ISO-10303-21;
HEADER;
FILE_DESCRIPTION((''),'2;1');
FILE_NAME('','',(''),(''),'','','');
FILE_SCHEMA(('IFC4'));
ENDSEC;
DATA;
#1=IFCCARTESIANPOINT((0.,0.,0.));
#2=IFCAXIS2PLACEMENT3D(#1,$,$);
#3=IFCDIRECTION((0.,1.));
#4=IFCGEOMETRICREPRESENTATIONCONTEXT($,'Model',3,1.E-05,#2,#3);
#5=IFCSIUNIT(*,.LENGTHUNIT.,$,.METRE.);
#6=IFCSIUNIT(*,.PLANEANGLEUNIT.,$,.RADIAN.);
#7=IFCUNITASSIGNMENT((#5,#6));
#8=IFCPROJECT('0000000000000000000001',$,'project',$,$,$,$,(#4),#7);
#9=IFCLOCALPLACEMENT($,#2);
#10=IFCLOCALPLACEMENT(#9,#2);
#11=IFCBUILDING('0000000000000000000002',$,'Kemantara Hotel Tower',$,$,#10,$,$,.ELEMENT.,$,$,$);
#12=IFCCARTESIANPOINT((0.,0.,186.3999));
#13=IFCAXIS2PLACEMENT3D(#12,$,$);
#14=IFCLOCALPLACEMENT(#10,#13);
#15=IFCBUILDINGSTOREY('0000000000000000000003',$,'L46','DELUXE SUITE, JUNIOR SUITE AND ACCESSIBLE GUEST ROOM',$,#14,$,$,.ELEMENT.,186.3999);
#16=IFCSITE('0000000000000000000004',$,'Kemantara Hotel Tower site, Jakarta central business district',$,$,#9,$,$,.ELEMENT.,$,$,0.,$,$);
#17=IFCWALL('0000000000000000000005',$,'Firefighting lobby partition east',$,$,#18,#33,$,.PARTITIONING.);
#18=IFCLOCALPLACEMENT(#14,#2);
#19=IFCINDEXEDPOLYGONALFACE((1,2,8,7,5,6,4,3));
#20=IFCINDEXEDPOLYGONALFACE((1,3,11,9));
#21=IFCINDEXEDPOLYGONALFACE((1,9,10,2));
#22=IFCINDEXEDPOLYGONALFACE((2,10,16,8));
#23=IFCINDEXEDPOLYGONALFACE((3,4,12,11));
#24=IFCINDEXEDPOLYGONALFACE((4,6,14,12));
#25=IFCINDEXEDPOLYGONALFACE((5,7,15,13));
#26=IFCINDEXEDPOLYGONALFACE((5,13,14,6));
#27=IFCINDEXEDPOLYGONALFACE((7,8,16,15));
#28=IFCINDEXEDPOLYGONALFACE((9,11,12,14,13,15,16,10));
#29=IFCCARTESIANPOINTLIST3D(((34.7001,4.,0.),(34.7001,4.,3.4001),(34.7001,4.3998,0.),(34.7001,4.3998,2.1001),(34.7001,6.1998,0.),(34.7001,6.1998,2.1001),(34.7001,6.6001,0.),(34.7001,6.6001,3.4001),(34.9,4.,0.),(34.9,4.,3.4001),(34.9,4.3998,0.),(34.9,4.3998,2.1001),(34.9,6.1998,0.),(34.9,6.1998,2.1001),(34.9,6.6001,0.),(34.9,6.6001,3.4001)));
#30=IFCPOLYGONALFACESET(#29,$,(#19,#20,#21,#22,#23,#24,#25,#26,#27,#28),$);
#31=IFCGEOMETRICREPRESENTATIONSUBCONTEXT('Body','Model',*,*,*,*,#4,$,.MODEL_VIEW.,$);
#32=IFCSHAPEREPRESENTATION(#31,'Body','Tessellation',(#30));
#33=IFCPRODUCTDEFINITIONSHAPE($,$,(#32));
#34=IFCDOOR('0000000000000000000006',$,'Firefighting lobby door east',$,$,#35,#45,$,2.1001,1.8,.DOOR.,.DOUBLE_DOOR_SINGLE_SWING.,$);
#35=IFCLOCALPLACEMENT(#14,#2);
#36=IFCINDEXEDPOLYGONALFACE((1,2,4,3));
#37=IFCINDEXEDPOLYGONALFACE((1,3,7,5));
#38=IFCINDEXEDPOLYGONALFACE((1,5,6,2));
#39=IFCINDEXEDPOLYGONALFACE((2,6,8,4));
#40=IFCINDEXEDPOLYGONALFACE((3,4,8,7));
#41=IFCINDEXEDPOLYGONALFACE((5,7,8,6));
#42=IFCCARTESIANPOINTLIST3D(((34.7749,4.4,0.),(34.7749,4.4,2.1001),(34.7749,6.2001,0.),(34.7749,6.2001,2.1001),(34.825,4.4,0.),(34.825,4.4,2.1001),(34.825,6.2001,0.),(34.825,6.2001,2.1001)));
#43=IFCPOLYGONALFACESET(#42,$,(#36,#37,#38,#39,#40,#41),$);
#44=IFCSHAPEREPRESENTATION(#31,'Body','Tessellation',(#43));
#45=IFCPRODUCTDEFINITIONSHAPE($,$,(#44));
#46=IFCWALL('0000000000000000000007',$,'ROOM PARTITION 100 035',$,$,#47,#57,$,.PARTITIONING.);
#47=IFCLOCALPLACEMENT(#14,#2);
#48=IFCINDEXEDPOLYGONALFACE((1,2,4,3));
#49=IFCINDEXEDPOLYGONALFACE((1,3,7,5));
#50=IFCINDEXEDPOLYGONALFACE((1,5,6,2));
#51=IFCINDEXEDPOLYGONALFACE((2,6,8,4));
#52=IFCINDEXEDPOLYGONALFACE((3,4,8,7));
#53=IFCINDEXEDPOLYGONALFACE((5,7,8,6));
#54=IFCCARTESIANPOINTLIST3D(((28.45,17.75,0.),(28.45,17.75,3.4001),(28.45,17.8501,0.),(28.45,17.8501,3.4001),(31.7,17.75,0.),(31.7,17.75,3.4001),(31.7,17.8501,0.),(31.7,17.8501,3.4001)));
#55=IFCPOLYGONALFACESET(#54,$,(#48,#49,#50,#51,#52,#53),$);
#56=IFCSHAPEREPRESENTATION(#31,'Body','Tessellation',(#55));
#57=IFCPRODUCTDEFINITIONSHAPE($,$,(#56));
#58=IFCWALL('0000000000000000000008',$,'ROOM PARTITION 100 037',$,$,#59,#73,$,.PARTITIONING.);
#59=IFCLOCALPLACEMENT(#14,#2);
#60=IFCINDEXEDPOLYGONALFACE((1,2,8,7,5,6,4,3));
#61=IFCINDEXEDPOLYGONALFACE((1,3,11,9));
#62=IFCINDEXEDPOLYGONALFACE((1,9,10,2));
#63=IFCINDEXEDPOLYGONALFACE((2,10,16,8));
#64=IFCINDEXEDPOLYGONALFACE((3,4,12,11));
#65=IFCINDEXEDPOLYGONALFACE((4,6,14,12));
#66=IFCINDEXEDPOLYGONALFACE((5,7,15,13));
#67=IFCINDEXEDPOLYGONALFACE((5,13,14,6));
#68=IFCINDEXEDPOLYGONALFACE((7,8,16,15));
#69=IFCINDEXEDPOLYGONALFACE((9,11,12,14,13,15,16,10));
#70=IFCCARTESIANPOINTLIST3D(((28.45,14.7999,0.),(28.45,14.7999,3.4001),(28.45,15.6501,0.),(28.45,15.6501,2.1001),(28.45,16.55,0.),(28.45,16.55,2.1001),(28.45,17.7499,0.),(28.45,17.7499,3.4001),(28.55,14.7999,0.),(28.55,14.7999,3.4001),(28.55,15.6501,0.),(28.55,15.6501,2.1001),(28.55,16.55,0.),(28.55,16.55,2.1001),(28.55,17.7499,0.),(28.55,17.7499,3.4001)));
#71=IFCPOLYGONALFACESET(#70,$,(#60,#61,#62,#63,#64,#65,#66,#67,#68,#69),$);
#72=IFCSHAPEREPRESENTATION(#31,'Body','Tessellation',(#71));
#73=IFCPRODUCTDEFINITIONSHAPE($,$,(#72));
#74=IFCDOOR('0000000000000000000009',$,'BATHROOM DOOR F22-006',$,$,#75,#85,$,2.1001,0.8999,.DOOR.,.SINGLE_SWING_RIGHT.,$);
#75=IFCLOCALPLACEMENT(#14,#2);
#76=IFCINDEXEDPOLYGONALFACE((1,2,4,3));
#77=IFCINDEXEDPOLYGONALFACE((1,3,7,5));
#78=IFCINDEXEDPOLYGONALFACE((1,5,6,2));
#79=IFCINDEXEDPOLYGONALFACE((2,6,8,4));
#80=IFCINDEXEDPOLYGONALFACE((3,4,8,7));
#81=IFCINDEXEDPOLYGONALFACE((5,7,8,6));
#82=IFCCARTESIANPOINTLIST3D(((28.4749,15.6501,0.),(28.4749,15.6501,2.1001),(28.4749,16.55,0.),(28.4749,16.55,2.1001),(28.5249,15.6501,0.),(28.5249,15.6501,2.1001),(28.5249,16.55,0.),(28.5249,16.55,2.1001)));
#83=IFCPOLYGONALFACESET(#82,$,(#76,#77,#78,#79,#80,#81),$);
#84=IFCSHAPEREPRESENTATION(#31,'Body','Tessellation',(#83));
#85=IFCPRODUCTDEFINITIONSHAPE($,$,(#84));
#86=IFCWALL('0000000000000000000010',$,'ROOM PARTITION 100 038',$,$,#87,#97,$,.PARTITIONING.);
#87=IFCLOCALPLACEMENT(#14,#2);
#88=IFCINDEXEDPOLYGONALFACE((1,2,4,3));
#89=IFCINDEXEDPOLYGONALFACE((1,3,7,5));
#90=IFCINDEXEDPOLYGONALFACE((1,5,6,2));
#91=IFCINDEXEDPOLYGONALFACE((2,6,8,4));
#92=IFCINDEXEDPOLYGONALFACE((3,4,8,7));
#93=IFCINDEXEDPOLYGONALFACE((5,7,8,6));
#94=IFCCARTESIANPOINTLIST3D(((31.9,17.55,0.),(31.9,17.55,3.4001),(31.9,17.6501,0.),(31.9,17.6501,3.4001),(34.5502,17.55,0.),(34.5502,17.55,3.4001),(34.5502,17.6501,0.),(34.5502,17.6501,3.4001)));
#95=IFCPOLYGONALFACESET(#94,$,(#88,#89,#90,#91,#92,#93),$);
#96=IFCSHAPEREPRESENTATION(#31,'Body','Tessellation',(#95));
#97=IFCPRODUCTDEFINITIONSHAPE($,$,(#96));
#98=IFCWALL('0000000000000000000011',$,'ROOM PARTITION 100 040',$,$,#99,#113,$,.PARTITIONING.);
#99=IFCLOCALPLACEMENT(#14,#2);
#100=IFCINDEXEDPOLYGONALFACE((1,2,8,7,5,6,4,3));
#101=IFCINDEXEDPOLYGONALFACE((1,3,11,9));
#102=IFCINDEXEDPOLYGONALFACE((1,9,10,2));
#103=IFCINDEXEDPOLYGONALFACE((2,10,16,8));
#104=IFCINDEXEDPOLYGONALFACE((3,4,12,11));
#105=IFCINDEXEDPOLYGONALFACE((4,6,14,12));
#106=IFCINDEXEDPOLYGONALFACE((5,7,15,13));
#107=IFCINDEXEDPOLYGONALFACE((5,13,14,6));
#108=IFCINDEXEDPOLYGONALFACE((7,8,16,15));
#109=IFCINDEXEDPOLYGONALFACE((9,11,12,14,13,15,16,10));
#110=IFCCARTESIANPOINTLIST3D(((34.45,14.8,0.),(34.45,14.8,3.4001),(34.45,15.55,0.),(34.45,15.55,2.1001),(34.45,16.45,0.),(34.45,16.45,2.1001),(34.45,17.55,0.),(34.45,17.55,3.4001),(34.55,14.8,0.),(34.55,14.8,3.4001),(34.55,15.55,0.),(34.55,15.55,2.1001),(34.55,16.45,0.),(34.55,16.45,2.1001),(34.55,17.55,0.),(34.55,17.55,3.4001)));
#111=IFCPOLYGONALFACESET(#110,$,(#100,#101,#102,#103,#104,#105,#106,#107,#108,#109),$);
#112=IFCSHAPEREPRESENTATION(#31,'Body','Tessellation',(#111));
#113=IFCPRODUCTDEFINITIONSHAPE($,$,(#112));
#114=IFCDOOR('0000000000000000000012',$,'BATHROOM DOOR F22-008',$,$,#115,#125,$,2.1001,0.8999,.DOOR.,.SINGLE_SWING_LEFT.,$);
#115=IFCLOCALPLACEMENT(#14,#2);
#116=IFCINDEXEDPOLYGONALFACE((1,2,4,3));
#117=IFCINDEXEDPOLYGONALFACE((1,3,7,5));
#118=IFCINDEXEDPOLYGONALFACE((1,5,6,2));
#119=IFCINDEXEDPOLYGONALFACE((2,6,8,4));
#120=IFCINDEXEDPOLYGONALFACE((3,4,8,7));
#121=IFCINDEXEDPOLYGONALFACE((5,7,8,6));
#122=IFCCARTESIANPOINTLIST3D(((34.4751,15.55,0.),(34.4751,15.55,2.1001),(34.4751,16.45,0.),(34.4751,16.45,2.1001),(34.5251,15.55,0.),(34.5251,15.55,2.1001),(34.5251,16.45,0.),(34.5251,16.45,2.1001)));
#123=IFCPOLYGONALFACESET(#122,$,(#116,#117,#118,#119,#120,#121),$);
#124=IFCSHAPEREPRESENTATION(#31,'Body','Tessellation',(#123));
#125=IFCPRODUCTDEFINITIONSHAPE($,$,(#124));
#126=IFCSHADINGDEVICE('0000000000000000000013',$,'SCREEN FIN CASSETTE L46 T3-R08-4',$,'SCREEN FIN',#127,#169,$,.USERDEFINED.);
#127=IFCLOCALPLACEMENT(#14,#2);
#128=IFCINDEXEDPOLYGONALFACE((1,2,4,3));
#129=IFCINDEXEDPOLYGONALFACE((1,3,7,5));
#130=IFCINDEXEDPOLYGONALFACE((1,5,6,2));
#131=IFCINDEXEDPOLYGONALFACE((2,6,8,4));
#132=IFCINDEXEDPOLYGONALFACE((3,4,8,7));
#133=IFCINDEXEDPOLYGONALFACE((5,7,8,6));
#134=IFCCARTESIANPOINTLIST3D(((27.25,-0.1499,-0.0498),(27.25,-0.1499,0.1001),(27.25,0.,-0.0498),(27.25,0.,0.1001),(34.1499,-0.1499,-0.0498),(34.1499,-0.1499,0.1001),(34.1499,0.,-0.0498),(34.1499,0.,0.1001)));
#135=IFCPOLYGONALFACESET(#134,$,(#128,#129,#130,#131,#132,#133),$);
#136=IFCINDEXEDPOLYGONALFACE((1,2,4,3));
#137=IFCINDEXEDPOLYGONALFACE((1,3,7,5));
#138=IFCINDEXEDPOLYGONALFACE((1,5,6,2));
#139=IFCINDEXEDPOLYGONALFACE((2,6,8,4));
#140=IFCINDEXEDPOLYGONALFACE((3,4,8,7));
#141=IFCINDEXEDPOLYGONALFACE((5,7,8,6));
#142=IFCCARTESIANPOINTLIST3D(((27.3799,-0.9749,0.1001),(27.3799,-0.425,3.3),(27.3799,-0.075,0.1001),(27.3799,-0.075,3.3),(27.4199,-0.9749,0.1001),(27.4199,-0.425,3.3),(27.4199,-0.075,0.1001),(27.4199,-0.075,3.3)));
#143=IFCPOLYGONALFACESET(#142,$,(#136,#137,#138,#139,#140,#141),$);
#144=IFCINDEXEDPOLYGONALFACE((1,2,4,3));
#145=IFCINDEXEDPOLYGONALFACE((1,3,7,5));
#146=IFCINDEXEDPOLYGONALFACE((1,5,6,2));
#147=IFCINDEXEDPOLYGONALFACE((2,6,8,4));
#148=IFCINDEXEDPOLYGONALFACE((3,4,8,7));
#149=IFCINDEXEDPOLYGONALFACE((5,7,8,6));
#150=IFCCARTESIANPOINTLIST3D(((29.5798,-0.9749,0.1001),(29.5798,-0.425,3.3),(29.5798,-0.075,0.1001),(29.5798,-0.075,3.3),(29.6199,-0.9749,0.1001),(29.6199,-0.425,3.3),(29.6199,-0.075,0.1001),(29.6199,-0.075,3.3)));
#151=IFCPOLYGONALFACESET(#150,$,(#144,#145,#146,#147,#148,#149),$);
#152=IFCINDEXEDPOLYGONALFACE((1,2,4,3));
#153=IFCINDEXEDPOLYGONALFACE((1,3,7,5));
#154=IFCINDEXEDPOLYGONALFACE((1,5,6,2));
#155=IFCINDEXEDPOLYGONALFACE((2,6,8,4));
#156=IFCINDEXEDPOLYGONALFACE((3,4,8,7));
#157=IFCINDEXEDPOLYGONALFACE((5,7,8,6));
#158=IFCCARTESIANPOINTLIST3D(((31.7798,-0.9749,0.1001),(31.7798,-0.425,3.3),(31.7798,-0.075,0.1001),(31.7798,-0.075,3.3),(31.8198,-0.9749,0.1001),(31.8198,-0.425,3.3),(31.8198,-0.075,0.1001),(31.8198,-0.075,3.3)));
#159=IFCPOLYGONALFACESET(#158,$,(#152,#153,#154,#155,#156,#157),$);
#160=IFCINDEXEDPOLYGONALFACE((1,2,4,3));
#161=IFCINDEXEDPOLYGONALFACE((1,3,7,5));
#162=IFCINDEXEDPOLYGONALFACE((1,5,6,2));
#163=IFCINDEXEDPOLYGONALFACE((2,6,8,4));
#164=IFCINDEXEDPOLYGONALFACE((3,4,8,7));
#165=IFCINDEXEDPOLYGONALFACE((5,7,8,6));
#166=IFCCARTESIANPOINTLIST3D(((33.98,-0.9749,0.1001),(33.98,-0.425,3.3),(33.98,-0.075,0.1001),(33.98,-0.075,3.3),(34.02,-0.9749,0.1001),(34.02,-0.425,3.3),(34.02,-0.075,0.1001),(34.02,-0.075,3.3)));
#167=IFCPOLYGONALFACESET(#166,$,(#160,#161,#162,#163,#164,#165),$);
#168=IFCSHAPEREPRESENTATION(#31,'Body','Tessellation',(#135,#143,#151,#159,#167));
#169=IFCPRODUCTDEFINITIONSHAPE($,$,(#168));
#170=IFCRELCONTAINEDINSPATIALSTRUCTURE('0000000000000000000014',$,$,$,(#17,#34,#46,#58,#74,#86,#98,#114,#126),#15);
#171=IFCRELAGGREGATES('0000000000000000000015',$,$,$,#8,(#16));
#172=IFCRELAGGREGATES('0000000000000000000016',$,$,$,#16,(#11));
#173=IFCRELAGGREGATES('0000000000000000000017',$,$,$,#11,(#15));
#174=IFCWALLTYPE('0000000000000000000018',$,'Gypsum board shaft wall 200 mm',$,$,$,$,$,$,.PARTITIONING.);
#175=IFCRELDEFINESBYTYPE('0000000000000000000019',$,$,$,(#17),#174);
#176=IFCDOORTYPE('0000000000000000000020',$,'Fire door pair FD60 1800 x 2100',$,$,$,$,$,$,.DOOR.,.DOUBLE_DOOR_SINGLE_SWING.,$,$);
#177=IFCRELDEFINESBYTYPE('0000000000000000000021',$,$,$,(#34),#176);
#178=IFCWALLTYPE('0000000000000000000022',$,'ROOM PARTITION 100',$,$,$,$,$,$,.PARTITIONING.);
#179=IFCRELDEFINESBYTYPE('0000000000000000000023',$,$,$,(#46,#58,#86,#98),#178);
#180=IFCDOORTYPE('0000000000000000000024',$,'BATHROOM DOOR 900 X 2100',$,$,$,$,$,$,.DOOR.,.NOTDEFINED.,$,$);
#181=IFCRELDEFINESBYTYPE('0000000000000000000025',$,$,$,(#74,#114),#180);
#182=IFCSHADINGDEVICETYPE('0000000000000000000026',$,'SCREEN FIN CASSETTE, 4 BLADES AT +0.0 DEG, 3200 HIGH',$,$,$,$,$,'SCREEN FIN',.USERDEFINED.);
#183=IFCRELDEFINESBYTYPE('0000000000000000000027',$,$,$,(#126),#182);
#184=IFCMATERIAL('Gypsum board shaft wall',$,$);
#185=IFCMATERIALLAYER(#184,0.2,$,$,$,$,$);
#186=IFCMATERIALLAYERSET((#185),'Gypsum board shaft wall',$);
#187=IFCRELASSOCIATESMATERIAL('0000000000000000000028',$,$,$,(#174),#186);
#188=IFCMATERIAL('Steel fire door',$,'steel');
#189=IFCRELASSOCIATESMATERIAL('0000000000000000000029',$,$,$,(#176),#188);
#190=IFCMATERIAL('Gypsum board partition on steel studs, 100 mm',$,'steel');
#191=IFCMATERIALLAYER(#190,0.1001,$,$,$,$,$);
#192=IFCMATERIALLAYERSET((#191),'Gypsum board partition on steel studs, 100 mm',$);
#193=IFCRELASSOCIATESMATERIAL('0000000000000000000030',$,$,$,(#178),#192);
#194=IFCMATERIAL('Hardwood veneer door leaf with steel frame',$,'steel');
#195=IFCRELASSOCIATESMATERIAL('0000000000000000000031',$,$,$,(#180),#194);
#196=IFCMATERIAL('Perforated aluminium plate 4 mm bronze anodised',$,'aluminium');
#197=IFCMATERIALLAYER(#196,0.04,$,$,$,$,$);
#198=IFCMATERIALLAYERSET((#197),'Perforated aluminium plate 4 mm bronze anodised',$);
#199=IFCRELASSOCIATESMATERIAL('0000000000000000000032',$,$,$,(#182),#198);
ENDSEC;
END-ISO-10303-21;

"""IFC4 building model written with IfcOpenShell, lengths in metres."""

from ifc_helpers import new_model, si_unit, direction, frame, frame_2d, origin, origin_2d, place, context, subcontext, project, spatial, polyline, rectangle, outline, extrude, source, transform, mapped, material, layer, layer_set, type_object, element, fill, save


model = new_model("IFC4")

# Units and contexts
model_context = context("Model", 3, precision=1e-05, world=origin(), true_north=direction((0.0, 1.0)))
body_context = subcontext(model_context, "Body", "Model", "MODEL_VIEW")
ifc_project = project(units=[si_unit("LENGTHUNIT", "METRE"), si_unit("PLANEANGLEUNIT", "RADIAN")], contexts=[model_context])

# Site, building, storey
site_placement = place(None, origin())
site = spatial("IfcSite", under=ifc_project, at=site_placement, Name="Kemantara Hotel Tower site, Jakarta central business district", CompositionType="ELEMENT", RefElevation=0.0)
building_placement = place(site_placement, origin())
building = spatial("IfcBuilding", under=site, at=building_placement, Name="Kemantara Hotel Tower", CompositionType="ELEMENT")
storey_placement = place(building_placement, frame((0.0, 0.0, 186.3999)))
storey = spatial("IfcBuildingStorey", under=building, at=storey_placement, Name="L46", Description="DELUXE SUITE, JUNIOR SUITE AND ACCESSIBLE GUEST ROOM", CompositionType="ELEMENT", Elevation=186.3999)

# Shared definitions
ifc_material_1 = material(Name="Steel fire door", Category="steel")
ifc_material_2 = material(Name="Hardwood veneer door leaf with steel frame", Category="steel")

# Wall, opening, door
ifc_material_3 = material(Name="Gypsum board shaft wall")
ifc_layer_1 = layer(ifc_material_3, 0.2)
ifc_layer_set_1 = layer_set([ifc_layer_1], Name="Gypsum board shaft wall")
wall_type_1 = type_object("IfcWallType", Name="Gypsum board shaft wall 200 mm", PredefinedType="PARTITIONING", material=ifc_layer_set_1)
wall_1_placement = place(storey_placement, frame((34.8, 4.0, 0.0), z_axis=(0.0, 0.0, 1.0), x_axis=(0.0, 1.0, 0.0)))
wall_1 = element("IfcWall", 1, at=wall_1_placement, inside=storey, type_object=wall_type_1, Name="Firefighting lobby partition east", PredefinedType="PARTITIONING", context=body_context, shape_type="SweptSolid", body=[
    extrude(rectangle(XDim=2.6001, YDim=0.2, at=frame_2d((1.3, 0.0))), origin(), (0.0, 0.0, 1.0), 3.4001),
])
opening_1_placement = place(wall_1_placement, frame((0.3999, 0.0, 0.0)))
opening_1 = element("IfcOpeningElement", 2, at=opening_1_placement, cuts=wall_1, PredefinedType="OPENING", context=body_context, shape_type="SweptSolid", body=[
    extrude(rectangle(XDim=1.8, YDim=2.1001, at=frame_2d((0.8999, 1.05))), frame((0.0, 0.1099, 0.0), z_axis=(0.0, -1.0, 0.0), x_axis=(1.0, 0.0, 0.0)), (0.0, 0.0, 1.0), 0.22),
])
door_type_1 = type_object("IfcDoorType", Name="Fire door pair FD60 1800 x 2100", OperationType="DOUBLE_DOOR_SINGLE_SWING", PredefinedType="DOOR", material=ifc_material_1)
door_1_placement = place(opening_1_placement, frame((1.8, 0.0, 0.0), z_axis=(0.0, 0.0, 1.0), x_axis=(-1.0, 0.0, 0.0)))
door_1 = element("IfcDoor", 3, at=door_1_placement, inside=storey, type_object=door_type_1, Name="Firefighting lobby door east", OperationType="DOUBLE_DOOR_SINGLE_SWING", OverallHeight=2.1001, OverallWidth=1.8, PredefinedType="DOOR", context=body_context, shape_type="SweptSolid", body=[
    extrude(rectangle(XDim=1.8, YDim=2.1001, at=frame_2d((0.8999, 1.05))), frame((0.0, 0.0249, 0.0), z_axis=(0.0, -1.0, 0.0), x_axis=(1.0, 0.0, 0.0)), (0.0, 0.0, 1.0), 0.05),
])
fill(opening_1, door_1)

# Wall
ifc_material_4 = material(Name="Gypsum board partition on steel studs, 100 mm", Category="steel")
ifc_layer_2 = layer(ifc_material_4, 0.1001)
ifc_layer_set_2 = layer_set([ifc_layer_2], Name="Gypsum board partition on steel studs, 100 mm")
wall_type_2 = type_object("IfcWallType", Name="ROOM PARTITION 100", PredefinedType="PARTITIONING", material=ifc_layer_set_2)
wall_2_placement = place(storey_placement, frame((28.45, 17.8, 0.0), z_axis=(0.0, 0.0, 1.0), x_axis=(1.0, 0.0, 0.0)))
element("IfcWall", 4, at=wall_2_placement, inside=storey, type_object=wall_type_2, Name="ROOM PARTITION 100 035", PredefinedType="PARTITIONING", context=body_context, shape_type="SweptSolid", body=[
    extrude(rectangle(XDim=3.25, YDim=0.1001, at=frame_2d((1.625, 0.0))), origin(), (0.0, 0.0, 1.0), 3.4001),
])

# Wall, opening, door
wall_3_placement = place(storey_placement, frame((28.5, 17.75, 0.0), z_axis=(0.0, 0.0, 1.0), x_axis=(0.0, -1.0, 0.0)))
wall_3 = element("IfcWall", 5, at=wall_3_placement, inside=storey, type_object=wall_type_2, Name="ROOM PARTITION 100 037", PredefinedType="PARTITIONING", context=body_context, shape_type="SweptSolid", body=[
    extrude(rectangle(XDim=2.95, YDim=0.1001, at=frame_2d((1.4751, 0.0))), origin(), (0.0, 0.0, 1.0), 3.4001),
])
opening_2_placement = place(wall_3_placement, frame((1.2, 0.0, 0.0)))
opening_2 = element("IfcOpeningElement", 6, at=opening_2_placement, cuts=wall_3, PredefinedType="OPENING", context=body_context, shape_type="SweptSolid", body=[
    extrude(rectangle(XDim=0.8999, YDim=2.1001, at=frame_2d((0.45, 1.05))), frame((0.0, 0.0601, 0.0), z_axis=(0.0, -1.0, 0.0), x_axis=(1.0, 0.0, 0.0)), (0.0, 0.0, 1.0), 0.1201),
])
door_type_2 = type_object("IfcDoorType", Name="BATHROOM DOOR 900 X 2100", OperationType="NOTDEFINED", PredefinedType="DOOR", material=ifc_material_2)
door_2_placement = place(opening_2_placement, origin())
door_2 = element("IfcDoor", 7, at=door_2_placement, inside=storey, type_object=door_type_2, Name="BATHROOM DOOR F22-006", OperationType="SINGLE_SWING_RIGHT", OverallHeight=2.1001, OverallWidth=0.8999, PredefinedType="DOOR", context=body_context, shape_type="SweptSolid", body=[
    extrude(rectangle(XDim=0.8999, YDim=2.1001, at=frame_2d((0.45, 1.05))), frame((0.0, 0.0249, 0.0), z_axis=(0.0, -1.0, 0.0), x_axis=(1.0, 0.0, 0.0)), (0.0, 0.0, 1.0), 0.05),
])
fill(opening_2, door_2)

# Wall
wall_4_placement = place(storey_placement, frame((31.8999, 17.6001, 0.0), z_axis=(0.0, 0.0, 1.0), x_axis=(1.0, 0.0, 0.0)))
element("IfcWall", 8, at=wall_4_placement, inside=storey, type_object=wall_type_2, Name="ROOM PARTITION 100 038", PredefinedType="PARTITIONING", context=body_context, shape_type="SweptSolid", body=[
    extrude(rectangle(XDim=2.6501, YDim=0.1001, at=frame_2d((1.3252, 0.0))), origin(), (0.0, 0.0, 1.0), 3.4001),
])

# Wall, opening, door
wall_5_placement = place(storey_placement, frame((34.5, 14.8, 0.0), z_axis=(0.0, 0.0, 1.0), x_axis=(0.0, 1.0, 0.0)))
wall_5 = element("IfcWall", 9, at=wall_5_placement, inside=storey, type_object=wall_type_2, Name="ROOM PARTITION 100 040", PredefinedType="PARTITIONING", context=body_context, shape_type="SweptSolid", body=[
    extrude(rectangle(XDim=2.75, YDim=0.1001, at=frame_2d((1.375, 0.0))), origin(), (0.0, 0.0, 1.0), 3.4001),
])
opening_3_placement = place(wall_5_placement, frame((0.75, 0.0, 0.0)))
opening_3 = element("IfcOpeningElement", 10, at=opening_3_placement, cuts=wall_5, PredefinedType="OPENING", context=body_context, shape_type="SweptSolid", body=[
    extrude(rectangle(XDim=0.8999, YDim=2.1001, at=frame_2d((0.45, 1.05))), frame((0.0, 0.0601, 0.0), z_axis=(0.0, -1.0, 0.0), x_axis=(1.0, 0.0, 0.0)), (0.0, 0.0, 1.0), 0.1201),
])
door_3_placement = place(opening_3_placement, origin())
door_3 = element("IfcDoor", 11, at=door_3_placement, inside=storey, type_object=door_type_2, Name="BATHROOM DOOR F22-008", OperationType="SINGLE_SWING_LEFT", OverallHeight=2.1001, OverallWidth=0.8999, PredefinedType="DOOR", context=body_context, shape_type="SweptSolid", body=[
    extrude(rectangle(XDim=0.8999, YDim=2.1001, at=frame_2d((0.45, 1.05))), frame((0.0, 0.0249, 0.0), z_axis=(0.0, -1.0, 0.0), x_axis=(1.0, 0.0, 0.0)), (0.0, 0.0, 1.0), 0.05),
])
fill(opening_3, door_3)

# Shading device
ifc_material_5 = material(Name="Perforated aluminium plate 4 mm bronze anodised", Category="aluminium")
ifc_layer_3 = layer(ifc_material_5, 0.04)
ifc_layer_set_3 = layer_set([ifc_layer_3], Name="Perforated aluminium plate 4 mm bronze anodised")
shading_device_type = type_object("IfcShadingDeviceType", Name="SCREEN FIN CASSETTE, 4 BLADES AT +0.0 DEG, 3200 HIGH", ElementType="SCREEN FIN", PredefinedType="USERDEFINED", material=ifc_layer_set_3)
shared_shape = source(origin(), body_context, "Body", "SweptSolid", [
    extrude(rectangle(XDim=6.8999, YDim=0.1499, at=origin_2d()), frame((3.3, -0.075, -0.1499), z_axis=(0.0, 0.0, 1.0), x_axis=(1.0, 0.0, 0.0)), (0.0, 0.0, 1.0), 0.1499),
    extrude(outline(polyline([(0.0, 0.0), (0.8999, 0.0), (0.3501, 3.2), (0.0, 3.2), (0.0, 0.0)])), frame((0.02, -0.075, 0.0), z_axis=(-1.0, 0.0, 0.0), x_axis=(0.0, -1.0, 0.0)), (0.0, 0.0, 1.0), 0.04),
    extrude(outline(polyline([(0.0, 0.0), (0.8999, 0.0), (0.3501, 3.2), (0.0, 3.2), (0.0, 0.0)])), frame((2.22, -0.075, 0.0), z_axis=(-1.0, 0.0, 0.0), x_axis=(0.0, -1.0, 0.0)), (0.0, 0.0, 1.0), 0.04),
    extrude(outline(polyline([(0.0, 0.0), (0.8999, 0.0), (0.3501, 3.2), (0.0, 3.2), (0.0, 0.0)])), frame((4.4199, -0.075, 0.0), z_axis=(-1.0, 0.0, 0.0), x_axis=(0.0, -1.0, 0.0)), (0.0, 0.0, 1.0), 0.04),
    extrude(outline(polyline([(0.0, 0.0), (0.8999, 0.0), (0.3501, 3.2), (0.0, 3.2), (0.0, 0.0)])), frame((6.6201, -0.075, 0.0), z_axis=(-1.0, 0.0, 0.0), x_axis=(0.0, -1.0, 0.0)), (0.0, 0.0, 1.0), 0.04),
])
shading_device_placement = place(storey_placement, frame((27.3999, 0.0, 0.1001), z_axis=(0.0, 0.0, 1.0), x_axis=(1.0, 0.0, 0.0)))
element("IfcShadingDevice", 12, at=shading_device_placement, inside=storey, type_object=shading_device_type, Name="SCREEN FIN CASSETTE L46 T3-R08-4", ObjectType="SCREEN FIN", PredefinedType="USERDEFINED", context=body_context, shape_type="MappedRepresentation", body=[
    mapped(shared_shape, transform((0.0, 0.0, 0.0))),
])

save(model, "model.ifc")
